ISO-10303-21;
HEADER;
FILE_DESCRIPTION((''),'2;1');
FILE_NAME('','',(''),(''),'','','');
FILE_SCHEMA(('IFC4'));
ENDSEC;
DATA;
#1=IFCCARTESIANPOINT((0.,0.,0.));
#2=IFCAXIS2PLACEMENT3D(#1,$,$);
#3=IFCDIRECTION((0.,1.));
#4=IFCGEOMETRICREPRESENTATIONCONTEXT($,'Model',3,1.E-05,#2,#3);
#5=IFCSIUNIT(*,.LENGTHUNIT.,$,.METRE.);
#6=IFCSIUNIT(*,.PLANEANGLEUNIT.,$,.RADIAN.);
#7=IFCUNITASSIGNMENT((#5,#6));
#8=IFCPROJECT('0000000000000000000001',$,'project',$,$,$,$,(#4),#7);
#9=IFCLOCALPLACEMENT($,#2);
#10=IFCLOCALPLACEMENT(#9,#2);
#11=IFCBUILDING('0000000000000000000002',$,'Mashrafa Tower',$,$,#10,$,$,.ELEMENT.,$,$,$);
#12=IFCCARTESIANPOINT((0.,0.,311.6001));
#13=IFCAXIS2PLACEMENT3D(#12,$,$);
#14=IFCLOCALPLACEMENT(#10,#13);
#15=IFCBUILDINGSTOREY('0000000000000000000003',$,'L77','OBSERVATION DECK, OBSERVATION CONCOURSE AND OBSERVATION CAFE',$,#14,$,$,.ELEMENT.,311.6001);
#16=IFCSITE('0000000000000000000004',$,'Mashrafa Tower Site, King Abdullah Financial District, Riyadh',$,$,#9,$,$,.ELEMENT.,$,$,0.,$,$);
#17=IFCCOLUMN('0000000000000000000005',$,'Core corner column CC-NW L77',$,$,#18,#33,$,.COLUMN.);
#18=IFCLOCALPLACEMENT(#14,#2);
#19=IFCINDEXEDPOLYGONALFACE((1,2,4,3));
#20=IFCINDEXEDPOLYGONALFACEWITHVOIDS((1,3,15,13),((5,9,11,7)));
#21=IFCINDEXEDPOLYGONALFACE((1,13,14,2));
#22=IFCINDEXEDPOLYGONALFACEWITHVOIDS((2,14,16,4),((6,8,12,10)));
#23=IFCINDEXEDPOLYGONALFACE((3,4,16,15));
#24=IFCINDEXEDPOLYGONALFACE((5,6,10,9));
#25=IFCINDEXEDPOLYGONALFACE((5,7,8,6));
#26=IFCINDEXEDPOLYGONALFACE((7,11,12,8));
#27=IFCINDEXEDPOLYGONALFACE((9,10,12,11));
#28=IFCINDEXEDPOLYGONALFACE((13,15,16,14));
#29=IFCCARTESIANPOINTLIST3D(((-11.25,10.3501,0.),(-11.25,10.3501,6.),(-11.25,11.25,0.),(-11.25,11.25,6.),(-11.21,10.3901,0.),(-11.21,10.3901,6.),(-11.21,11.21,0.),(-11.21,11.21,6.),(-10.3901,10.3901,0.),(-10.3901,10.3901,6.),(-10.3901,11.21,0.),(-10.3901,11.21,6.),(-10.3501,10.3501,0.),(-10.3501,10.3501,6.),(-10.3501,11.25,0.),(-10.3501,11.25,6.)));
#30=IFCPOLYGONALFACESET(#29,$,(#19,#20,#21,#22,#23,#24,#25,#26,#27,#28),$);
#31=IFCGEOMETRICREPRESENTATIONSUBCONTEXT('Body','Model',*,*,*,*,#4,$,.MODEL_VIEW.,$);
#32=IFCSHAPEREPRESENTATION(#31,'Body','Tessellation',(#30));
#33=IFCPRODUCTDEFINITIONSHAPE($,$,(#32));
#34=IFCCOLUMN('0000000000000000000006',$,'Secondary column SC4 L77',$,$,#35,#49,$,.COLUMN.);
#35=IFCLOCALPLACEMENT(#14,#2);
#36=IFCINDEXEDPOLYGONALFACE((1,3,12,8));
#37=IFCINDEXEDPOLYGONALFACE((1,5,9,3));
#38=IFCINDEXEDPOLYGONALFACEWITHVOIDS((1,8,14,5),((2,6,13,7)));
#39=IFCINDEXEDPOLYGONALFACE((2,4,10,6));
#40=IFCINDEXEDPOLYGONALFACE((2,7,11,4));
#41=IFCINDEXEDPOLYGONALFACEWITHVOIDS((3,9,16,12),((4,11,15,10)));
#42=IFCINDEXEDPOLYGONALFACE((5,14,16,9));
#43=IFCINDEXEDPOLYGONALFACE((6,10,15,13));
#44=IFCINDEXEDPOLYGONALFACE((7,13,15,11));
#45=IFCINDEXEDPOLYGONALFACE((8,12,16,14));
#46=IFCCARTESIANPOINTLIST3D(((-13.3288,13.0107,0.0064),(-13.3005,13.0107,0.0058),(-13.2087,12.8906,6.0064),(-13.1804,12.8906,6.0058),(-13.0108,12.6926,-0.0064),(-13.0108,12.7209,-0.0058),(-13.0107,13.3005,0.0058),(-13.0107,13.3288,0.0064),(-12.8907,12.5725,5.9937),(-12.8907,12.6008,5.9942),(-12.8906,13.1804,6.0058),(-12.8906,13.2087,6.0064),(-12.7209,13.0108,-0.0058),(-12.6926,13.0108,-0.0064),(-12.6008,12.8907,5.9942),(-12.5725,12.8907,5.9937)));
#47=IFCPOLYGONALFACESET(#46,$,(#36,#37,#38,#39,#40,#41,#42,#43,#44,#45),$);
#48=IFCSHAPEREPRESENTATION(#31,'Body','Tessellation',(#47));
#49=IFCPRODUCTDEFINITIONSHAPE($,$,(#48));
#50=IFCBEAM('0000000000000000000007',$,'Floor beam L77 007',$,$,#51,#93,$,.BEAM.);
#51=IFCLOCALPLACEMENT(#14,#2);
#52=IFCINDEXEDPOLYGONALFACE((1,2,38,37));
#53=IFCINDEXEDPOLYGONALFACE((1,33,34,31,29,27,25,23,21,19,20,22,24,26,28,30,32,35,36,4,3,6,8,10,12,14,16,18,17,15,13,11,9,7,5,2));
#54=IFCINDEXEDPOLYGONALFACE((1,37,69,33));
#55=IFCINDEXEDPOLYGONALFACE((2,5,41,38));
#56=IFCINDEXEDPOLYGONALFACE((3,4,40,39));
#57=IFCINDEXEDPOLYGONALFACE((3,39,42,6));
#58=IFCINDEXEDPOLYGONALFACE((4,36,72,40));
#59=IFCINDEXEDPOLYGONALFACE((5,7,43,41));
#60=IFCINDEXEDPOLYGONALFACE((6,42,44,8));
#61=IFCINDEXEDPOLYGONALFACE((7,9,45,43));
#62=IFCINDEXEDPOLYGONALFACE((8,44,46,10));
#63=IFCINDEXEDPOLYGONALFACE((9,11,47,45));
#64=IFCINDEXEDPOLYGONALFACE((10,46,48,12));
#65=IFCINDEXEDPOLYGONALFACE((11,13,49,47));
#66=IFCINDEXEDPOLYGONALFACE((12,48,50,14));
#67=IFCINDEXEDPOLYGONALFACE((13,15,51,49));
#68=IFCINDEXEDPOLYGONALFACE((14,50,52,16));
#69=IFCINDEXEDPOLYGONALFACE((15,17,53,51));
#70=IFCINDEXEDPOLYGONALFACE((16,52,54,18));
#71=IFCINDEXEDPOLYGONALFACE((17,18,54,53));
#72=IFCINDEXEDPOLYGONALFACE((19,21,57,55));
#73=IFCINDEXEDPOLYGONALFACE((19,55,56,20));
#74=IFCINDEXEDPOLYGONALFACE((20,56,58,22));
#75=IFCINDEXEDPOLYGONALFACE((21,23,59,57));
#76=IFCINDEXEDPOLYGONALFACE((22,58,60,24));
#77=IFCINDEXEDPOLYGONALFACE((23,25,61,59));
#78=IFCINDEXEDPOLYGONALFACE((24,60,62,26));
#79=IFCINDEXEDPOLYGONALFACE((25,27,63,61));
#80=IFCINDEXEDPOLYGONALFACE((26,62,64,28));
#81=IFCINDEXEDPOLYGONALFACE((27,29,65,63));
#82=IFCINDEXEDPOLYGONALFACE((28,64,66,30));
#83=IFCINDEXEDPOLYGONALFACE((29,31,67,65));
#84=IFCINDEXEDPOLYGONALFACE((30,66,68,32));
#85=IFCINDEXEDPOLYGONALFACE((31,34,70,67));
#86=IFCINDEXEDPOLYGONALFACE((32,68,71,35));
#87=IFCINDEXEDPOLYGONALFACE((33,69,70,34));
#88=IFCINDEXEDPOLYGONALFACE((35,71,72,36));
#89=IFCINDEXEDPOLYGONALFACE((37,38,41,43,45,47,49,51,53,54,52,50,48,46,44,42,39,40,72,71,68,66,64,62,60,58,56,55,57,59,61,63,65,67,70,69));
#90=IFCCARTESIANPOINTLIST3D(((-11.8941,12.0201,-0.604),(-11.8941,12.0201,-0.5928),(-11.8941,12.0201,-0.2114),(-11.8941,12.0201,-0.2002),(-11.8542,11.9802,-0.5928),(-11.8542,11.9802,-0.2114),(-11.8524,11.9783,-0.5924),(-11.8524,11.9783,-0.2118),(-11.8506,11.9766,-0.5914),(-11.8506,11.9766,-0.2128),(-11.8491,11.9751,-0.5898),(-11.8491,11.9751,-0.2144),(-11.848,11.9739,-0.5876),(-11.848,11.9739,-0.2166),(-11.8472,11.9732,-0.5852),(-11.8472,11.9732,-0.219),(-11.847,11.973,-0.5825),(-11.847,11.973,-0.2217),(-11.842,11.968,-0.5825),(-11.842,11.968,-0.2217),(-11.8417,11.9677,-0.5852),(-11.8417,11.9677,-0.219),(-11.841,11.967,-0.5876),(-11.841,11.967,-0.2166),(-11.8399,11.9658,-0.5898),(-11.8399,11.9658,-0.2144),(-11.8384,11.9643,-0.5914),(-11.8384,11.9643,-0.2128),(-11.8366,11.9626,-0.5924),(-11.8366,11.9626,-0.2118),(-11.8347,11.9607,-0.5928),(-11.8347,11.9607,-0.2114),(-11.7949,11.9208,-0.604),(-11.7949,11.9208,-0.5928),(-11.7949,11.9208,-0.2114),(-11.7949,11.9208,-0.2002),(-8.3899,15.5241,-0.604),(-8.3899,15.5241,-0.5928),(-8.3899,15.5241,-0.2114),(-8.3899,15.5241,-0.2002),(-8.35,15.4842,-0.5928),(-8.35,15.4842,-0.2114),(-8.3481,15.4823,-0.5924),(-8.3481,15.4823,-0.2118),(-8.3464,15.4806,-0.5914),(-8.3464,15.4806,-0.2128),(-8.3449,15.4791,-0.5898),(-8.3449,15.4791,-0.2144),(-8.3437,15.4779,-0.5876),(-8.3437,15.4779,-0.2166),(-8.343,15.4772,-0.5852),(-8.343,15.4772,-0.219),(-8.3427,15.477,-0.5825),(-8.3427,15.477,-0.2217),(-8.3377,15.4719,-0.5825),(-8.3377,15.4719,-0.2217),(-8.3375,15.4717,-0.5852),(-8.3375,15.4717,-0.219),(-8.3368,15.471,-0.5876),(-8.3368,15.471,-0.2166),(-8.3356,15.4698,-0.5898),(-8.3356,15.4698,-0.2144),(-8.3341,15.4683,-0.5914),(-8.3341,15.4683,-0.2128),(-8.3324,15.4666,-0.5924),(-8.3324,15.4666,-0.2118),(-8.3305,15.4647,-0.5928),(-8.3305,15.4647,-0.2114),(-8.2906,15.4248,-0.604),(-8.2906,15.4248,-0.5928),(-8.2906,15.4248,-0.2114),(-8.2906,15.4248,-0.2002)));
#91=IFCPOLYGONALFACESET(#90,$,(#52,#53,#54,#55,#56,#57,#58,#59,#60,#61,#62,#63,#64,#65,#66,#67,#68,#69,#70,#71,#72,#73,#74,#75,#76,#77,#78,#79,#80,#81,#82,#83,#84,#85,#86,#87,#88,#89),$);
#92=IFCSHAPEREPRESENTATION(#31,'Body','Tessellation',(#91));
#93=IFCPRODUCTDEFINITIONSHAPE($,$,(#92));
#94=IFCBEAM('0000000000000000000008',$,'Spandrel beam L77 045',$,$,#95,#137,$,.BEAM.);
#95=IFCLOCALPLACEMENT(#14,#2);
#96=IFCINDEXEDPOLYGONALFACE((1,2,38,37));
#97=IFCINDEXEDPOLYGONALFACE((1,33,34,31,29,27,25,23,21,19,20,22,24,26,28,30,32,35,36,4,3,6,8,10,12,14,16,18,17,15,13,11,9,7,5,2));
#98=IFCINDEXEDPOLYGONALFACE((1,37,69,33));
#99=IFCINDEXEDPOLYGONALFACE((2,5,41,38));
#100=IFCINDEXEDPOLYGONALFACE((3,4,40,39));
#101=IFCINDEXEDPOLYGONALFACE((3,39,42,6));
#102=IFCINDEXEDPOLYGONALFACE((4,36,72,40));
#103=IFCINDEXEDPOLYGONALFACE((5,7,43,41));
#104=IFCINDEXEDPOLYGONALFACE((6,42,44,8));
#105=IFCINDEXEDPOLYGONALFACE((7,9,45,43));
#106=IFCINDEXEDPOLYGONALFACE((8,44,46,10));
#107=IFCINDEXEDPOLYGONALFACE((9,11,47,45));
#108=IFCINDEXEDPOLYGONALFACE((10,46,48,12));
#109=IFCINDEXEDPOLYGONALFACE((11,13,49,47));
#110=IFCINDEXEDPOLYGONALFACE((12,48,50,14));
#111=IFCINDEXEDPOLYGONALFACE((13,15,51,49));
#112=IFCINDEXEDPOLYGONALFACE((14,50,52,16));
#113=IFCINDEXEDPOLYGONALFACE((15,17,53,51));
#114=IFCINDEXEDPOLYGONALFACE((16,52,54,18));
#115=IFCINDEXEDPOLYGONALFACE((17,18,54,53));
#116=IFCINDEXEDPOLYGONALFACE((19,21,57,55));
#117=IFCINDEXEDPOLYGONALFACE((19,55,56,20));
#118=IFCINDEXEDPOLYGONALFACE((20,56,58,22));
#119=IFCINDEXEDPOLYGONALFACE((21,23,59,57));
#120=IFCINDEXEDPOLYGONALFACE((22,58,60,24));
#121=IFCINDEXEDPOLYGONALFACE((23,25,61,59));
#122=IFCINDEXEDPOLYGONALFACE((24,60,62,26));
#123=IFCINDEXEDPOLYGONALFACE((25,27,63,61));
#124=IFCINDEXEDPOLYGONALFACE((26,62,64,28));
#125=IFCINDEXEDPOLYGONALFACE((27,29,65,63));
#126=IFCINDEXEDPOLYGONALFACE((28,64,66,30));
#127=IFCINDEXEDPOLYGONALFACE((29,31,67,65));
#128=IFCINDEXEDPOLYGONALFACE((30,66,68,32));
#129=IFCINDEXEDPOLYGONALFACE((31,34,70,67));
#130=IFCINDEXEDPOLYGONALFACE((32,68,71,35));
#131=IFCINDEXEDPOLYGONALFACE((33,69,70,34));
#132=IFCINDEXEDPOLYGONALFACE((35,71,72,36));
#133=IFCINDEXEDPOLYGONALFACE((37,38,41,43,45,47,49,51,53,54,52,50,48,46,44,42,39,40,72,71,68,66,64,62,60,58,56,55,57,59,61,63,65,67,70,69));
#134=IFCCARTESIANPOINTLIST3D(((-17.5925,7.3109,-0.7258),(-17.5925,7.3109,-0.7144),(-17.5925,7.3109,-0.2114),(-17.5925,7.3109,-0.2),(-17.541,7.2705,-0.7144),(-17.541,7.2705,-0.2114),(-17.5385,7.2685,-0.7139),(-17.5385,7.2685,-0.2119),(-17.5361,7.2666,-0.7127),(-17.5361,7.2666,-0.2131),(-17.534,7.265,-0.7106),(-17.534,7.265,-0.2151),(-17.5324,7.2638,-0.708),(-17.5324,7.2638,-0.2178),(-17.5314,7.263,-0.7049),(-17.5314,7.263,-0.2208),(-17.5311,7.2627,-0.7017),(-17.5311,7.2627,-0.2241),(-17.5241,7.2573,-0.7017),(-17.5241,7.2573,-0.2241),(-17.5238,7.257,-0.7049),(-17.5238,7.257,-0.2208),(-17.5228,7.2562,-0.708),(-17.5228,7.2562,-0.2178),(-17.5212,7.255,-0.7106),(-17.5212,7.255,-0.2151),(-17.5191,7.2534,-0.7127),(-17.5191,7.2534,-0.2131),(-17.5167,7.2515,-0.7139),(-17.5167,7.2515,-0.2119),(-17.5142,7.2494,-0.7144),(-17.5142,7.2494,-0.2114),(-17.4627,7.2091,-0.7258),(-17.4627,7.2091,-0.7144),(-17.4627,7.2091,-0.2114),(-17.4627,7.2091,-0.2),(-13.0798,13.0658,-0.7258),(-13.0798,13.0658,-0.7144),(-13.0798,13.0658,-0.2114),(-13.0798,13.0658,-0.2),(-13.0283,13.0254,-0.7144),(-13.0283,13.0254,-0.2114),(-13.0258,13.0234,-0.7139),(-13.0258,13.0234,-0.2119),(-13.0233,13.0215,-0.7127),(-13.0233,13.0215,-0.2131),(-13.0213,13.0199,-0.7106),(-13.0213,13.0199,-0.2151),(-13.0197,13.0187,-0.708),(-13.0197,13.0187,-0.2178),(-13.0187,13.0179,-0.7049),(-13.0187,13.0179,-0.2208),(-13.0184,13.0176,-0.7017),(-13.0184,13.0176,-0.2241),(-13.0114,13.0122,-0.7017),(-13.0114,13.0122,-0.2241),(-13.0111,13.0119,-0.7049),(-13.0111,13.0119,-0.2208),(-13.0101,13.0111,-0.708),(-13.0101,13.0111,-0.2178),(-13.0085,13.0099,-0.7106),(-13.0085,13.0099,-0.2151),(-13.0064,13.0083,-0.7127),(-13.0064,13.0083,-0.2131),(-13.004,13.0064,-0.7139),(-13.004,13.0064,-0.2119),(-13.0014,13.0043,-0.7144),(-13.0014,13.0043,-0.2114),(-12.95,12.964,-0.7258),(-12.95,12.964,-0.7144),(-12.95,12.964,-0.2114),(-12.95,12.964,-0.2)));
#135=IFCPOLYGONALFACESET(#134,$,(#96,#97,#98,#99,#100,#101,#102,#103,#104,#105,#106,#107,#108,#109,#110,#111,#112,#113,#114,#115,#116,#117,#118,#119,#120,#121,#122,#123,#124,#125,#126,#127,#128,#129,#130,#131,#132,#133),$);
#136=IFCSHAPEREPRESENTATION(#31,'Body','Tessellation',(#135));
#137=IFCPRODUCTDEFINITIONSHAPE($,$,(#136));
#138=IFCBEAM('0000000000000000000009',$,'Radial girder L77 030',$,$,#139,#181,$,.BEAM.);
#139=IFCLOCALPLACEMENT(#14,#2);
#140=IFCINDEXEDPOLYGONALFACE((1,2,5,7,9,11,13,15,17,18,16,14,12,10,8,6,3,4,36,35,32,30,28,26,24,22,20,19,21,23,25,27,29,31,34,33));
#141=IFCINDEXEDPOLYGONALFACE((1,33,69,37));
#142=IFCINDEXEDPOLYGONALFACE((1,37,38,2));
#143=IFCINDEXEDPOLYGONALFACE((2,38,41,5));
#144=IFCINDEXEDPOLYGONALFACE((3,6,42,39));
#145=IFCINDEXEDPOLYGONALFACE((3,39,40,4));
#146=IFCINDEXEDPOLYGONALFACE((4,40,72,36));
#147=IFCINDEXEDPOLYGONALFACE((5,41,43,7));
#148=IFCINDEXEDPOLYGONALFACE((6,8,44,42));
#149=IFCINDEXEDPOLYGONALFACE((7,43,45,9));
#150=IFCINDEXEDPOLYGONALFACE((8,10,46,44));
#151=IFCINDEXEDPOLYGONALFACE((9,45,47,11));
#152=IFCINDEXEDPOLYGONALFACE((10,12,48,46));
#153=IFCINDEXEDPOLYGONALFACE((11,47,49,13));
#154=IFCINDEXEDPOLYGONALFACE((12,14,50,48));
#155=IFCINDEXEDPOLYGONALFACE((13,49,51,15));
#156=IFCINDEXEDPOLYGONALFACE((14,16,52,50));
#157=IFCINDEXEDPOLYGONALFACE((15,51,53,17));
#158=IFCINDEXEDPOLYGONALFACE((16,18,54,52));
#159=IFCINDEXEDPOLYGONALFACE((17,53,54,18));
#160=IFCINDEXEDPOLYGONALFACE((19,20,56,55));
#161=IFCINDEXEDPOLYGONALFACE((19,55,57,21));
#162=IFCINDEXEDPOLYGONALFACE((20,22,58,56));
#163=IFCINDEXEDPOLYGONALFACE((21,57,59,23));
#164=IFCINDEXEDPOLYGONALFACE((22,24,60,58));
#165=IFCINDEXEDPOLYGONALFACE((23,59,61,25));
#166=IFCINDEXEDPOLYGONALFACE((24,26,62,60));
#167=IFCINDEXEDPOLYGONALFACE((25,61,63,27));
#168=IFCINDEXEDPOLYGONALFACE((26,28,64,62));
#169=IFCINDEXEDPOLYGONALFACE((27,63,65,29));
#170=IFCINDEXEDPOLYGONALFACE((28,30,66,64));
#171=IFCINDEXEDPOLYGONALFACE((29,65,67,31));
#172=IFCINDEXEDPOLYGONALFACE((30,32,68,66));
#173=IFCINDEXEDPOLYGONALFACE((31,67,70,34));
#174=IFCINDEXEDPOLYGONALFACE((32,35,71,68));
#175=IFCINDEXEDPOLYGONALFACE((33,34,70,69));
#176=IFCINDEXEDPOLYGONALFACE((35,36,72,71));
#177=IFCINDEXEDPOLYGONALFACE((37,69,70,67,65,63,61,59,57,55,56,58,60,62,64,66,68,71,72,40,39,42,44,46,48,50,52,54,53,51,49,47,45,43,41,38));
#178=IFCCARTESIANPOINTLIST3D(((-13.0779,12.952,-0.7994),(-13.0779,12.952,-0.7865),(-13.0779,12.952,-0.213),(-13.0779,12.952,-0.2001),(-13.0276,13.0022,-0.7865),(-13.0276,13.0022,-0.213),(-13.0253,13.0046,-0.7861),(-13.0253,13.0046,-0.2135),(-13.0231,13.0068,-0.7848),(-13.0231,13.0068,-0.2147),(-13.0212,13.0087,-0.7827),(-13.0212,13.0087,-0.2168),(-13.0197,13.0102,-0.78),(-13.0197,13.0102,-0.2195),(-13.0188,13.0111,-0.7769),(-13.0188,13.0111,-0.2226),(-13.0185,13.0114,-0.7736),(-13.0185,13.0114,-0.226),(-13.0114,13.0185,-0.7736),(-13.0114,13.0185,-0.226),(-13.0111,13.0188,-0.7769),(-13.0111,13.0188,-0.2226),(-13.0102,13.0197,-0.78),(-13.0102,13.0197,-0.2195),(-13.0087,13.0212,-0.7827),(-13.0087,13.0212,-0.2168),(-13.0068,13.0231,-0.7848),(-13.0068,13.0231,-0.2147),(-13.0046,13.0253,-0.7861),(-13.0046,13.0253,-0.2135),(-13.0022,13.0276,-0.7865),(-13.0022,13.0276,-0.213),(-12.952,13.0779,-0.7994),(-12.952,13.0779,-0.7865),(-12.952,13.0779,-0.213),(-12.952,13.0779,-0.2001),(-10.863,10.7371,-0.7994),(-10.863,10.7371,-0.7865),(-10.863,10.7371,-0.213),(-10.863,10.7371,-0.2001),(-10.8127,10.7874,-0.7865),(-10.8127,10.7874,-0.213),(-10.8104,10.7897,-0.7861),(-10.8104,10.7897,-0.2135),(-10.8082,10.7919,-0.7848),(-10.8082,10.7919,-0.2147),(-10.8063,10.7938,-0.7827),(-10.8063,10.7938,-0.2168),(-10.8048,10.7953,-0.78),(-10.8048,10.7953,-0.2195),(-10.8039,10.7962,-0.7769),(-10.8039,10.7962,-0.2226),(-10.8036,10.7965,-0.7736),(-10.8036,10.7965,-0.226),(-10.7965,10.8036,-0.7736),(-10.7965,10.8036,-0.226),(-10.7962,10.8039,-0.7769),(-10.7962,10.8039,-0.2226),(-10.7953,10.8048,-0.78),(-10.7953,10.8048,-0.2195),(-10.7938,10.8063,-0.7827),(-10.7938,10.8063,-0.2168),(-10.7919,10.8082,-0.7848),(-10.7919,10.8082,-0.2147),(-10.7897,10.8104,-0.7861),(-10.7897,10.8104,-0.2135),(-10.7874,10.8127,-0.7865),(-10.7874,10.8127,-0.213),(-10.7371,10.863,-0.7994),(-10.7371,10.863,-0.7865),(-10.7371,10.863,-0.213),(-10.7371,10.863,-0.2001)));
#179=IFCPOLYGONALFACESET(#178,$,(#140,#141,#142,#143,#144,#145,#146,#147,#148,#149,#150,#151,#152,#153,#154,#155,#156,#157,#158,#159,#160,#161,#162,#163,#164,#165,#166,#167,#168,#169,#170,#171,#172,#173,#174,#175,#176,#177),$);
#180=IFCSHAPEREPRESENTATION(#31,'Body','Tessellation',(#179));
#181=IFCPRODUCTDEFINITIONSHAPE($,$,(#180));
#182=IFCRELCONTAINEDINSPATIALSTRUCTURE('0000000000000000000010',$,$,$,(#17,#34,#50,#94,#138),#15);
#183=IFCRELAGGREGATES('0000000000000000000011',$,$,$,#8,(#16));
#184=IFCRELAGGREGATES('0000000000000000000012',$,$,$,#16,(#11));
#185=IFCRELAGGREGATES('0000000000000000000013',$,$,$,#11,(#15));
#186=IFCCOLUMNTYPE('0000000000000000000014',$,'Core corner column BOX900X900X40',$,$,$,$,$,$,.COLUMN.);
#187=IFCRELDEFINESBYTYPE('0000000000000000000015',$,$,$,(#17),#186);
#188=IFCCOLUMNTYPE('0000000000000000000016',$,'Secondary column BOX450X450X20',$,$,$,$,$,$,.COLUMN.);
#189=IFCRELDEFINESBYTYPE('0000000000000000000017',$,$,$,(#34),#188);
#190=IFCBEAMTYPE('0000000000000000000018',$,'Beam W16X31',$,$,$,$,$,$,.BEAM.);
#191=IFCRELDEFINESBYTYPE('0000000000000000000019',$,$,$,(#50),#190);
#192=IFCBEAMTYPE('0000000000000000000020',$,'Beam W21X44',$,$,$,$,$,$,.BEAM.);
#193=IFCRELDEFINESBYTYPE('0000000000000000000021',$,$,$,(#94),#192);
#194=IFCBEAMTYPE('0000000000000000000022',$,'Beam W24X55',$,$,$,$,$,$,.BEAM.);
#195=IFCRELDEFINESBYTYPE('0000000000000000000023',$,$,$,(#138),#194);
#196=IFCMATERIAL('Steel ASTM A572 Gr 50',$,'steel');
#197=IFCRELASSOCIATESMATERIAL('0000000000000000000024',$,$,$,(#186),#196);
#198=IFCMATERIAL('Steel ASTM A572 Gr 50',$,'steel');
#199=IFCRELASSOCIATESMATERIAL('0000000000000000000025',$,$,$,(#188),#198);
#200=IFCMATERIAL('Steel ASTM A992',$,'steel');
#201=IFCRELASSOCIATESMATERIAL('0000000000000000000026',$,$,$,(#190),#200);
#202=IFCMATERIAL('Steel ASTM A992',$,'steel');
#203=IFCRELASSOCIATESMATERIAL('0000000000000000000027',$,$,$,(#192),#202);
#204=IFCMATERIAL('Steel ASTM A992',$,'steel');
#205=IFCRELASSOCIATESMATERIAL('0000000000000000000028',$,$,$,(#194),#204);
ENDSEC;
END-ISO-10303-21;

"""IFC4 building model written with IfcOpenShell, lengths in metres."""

from ifc_helpers import new_model, si_unit, direction, frame, origin, origin_2d, place, context, subcontext, project, spatial, hollow_rectangle, i_section, extrude, material, material_profile, profile_set, type_object, element, save


model = new_model("IFC4")

# Units and contexts
model_context = context("Model", 3, precision=1e-05, world=origin(), true_north=direction((0.0, 1.0)))
body_context = subcontext(model_context, "Body", "Model", "MODEL_VIEW")
ifc_project = project(units=[si_unit("LENGTHUNIT", "METRE"), si_unit("PLANEANGLEUNIT", "RADIAN")], contexts=[model_context])

# Site, building, storey
site_placement = place(None, origin())
site = spatial("IfcSite", under=ifc_project, at=site_placement, Name="Mashrafa Tower Site, King Abdullah Financial District, Riyadh", CompositionType="ELEMENT", RefElevation=0.0)
building_placement = place(site_placement, origin())
building = spatial("IfcBuilding", under=site, at=building_placement, Name="Mashrafa Tower", CompositionType="ELEMENT")
storey_placement = place(building_placement, frame((0.0, 0.0, 311.6001)))
storey = spatial("IfcBuildingStorey", under=building, at=storey_placement, Name="L77", Description="OBSERVATION DECK, OBSERVATION CONCOURSE AND OBSERVATION CAFE", CompositionType="ELEMENT", Elevation=311.6001)

# Columns
ifc_material_1 = material(Name="Steel ASTM A572 Gr 50", Category="steel")
ifc_material_profile_1 = material_profile(ifc_material_1, hollow_rectangle(XDim=0.8999, YDim=0.8999, WallThickness=0.04, at=origin_2d()), Name="BOX900X900X40")
ifc_profile_set_1 = profile_set([ifc_material_profile_1], Name="Steel ASTM A572 Gr 50")
column_type_1 = type_object("IfcColumnType", Name="Core corner column BOX900X900X40", PredefinedType="COLUMN", material=ifc_profile_set_1)
column_1_placement = place(storey_placement, frame((-10.8, 10.8, 0.0), z_axis=(0.0, 0.0, 1.0), x_axis=(1.0, 0.0, 0.0)))
element("IfcColumn", 1, at=column_1_placement, inside=storey, type_object=column_type_1, Name="Core corner column CC-NW L77", PredefinedType="COLUMN", context=body_context, shape_type="SweptSolid", body=[
    extrude(hollow_rectangle(XDim=0.8999, YDim=0.8999, WallThickness=0.04, at=origin_2d()), origin(), (0.0, 0.0, 1.0), 6.0),
])
ifc_material_2 = material(Name="Steel ASTM A572 Gr 50", Category="steel")
ifc_material_profile_2 = material_profile(ifc_material_2, hollow_rectangle(XDim=0.45, YDim=0.45, WallThickness=0.02, at=origin_2d()), Name="BOX450X450X20")
ifc_profile_set_2 = profile_set([ifc_material_profile_2], Name="Steel ASTM A572 Gr 50")
column_type_2 = type_object("IfcColumnType", Name="Secondary column BOX450X450X20", PredefinedType="COLUMN", material=ifc_profile_set_2)
column_2_placement = place(storey_placement, frame((-13.0107, 13.0107, 0.0), z_axis=(0.020012, -0.020012, 0.999599), x_axis=(0.707107, 0.707107, 0.0)))
element("IfcColumn", 2, at=column_2_placement, inside=storey, type_object=column_type_2, Name="Secondary column SC4 L77", PredefinedType="COLUMN", context=body_context, shape_type="SweptSolid", body=[
    extrude(hollow_rectangle(XDim=0.45, YDim=0.45, WallThickness=0.02, at=origin_2d()), origin(), (0.0, 0.0, 1.0), 6.0024),
])

# Beams
ifc_material_3 = material(Name="Steel ASTM A992", Category="steel")
ifc_material_profile_3 = material_profile(ifc_material_3, i_section(OverallWidth=0.1404, OverallDepth=0.4038, WebThickness=0.0071, FlangeThickness=0.0112, FilletRadius=0.0103, at=origin_2d()), Name="W16X31")
ifc_profile_set_3 = profile_set([ifc_material_profile_3], Name="Steel ASTM A992")
beam_type_1 = type_object("IfcBeamType", Name="Beam W16X31", PredefinedType="BEAM", material=ifc_profile_set_3)
beam_1_placement = place(storey_placement, frame((-11.8445, 11.9705, -0.4021), z_axis=(0.707131, 0.707082, 0.0), x_axis=(-0.707082, 0.707131, 0.0)))
element("IfcBeam", 3, at=beam_1_placement, inside=storey, type_object=beam_type_1, Name="Floor beam L77 007", PredefinedType="BEAM", context=body_context, shape_type="SweptSolid", body=[
    extrude(i_section(OverallWidth=0.1404, OverallDepth=0.4038, WebThickness=0.0071, FlangeThickness=0.0112, FilletRadius=0.0103, at=origin_2d()), origin(), (0.0, 0.0, 1.0), 4.9556),
])
ifc_material_4 = material(Name="Steel ASTM A992", Category="steel")
ifc_material_profile_4 = material_profile(ifc_material_4, i_section(OverallWidth=0.165, OverallDepth=0.5259, WebThickness=0.0088, FlangeThickness=0.0115, FilletRadius=0.0127, at=origin_2d()), Name="W21X44")
ifc_profile_set_4 = profile_set([ifc_material_profile_4], Name="Steel ASTM A992")
beam_type_2 = type_object("IfcBeamType", Name="Beam W21X44", PredefinedType="BEAM", material=ifc_profile_set_4)
beam_2_placement = place(storey_placement, frame((-13.0149, 13.0149, -0.4629), z_axis=(-0.61706, -0.786916, 0.0), x_axis=(0.786916, -0.61706, 0.0)))
element("IfcBeam", 4, at=beam_2_placement, inside=storey, type_object=beam_type_2, Name="Spandrel beam L77 045", PredefinedType="BEAM", context=body_context, shape_type="SweptSolid", body=[
    extrude(i_section(OverallWidth=0.165, OverallDepth=0.5259, WebThickness=0.0088, FlangeThickness=0.0115, FilletRadius=0.0127, at=origin_2d()), origin(), (0.0, 0.0, 1.0), 7.3132),
])
ifc_material_5 = material(Name="Steel ASTM A992", Category="steel")
ifc_material_profile_5 = material_profile(ifc_material_5, i_section(OverallWidth=0.178, OverallDepth=0.5994, WebThickness=0.01, FlangeThickness=0.0129, FilletRadius=0.0129, at=origin_2d()), Name="W24X55")
ifc_profile_set_5 = profile_set([ifc_material_profile_5], Name="Steel ASTM A992")
beam_type_3 = type_object("IfcBeamType", Name="Beam W24X55", PredefinedType="BEAM", material=ifc_profile_set_5)
beam_3_placement = place(storey_placement, frame((-10.8, 10.8, -0.4998), z_axis=(-0.707107, 0.707107, 0.0), x_axis=(-0.707107, -0.707107, 0.0)))
element("IfcBeam", 5, at=beam_3_placement, inside=storey, type_object=beam_type_3, Name="Radial girder L77 030", PredefinedType="BEAM", context=body_context, shape_type="SweptSolid", body=[
    extrude(i_section(OverallWidth=0.178, OverallDepth=0.5994, WebThickness=0.01, FlangeThickness=0.0129, FilletRadius=0.0129, at=origin_2d()), origin(), (0.0, 0.0, 1.0), 3.1323),
])

save(model, "model.ifc")
